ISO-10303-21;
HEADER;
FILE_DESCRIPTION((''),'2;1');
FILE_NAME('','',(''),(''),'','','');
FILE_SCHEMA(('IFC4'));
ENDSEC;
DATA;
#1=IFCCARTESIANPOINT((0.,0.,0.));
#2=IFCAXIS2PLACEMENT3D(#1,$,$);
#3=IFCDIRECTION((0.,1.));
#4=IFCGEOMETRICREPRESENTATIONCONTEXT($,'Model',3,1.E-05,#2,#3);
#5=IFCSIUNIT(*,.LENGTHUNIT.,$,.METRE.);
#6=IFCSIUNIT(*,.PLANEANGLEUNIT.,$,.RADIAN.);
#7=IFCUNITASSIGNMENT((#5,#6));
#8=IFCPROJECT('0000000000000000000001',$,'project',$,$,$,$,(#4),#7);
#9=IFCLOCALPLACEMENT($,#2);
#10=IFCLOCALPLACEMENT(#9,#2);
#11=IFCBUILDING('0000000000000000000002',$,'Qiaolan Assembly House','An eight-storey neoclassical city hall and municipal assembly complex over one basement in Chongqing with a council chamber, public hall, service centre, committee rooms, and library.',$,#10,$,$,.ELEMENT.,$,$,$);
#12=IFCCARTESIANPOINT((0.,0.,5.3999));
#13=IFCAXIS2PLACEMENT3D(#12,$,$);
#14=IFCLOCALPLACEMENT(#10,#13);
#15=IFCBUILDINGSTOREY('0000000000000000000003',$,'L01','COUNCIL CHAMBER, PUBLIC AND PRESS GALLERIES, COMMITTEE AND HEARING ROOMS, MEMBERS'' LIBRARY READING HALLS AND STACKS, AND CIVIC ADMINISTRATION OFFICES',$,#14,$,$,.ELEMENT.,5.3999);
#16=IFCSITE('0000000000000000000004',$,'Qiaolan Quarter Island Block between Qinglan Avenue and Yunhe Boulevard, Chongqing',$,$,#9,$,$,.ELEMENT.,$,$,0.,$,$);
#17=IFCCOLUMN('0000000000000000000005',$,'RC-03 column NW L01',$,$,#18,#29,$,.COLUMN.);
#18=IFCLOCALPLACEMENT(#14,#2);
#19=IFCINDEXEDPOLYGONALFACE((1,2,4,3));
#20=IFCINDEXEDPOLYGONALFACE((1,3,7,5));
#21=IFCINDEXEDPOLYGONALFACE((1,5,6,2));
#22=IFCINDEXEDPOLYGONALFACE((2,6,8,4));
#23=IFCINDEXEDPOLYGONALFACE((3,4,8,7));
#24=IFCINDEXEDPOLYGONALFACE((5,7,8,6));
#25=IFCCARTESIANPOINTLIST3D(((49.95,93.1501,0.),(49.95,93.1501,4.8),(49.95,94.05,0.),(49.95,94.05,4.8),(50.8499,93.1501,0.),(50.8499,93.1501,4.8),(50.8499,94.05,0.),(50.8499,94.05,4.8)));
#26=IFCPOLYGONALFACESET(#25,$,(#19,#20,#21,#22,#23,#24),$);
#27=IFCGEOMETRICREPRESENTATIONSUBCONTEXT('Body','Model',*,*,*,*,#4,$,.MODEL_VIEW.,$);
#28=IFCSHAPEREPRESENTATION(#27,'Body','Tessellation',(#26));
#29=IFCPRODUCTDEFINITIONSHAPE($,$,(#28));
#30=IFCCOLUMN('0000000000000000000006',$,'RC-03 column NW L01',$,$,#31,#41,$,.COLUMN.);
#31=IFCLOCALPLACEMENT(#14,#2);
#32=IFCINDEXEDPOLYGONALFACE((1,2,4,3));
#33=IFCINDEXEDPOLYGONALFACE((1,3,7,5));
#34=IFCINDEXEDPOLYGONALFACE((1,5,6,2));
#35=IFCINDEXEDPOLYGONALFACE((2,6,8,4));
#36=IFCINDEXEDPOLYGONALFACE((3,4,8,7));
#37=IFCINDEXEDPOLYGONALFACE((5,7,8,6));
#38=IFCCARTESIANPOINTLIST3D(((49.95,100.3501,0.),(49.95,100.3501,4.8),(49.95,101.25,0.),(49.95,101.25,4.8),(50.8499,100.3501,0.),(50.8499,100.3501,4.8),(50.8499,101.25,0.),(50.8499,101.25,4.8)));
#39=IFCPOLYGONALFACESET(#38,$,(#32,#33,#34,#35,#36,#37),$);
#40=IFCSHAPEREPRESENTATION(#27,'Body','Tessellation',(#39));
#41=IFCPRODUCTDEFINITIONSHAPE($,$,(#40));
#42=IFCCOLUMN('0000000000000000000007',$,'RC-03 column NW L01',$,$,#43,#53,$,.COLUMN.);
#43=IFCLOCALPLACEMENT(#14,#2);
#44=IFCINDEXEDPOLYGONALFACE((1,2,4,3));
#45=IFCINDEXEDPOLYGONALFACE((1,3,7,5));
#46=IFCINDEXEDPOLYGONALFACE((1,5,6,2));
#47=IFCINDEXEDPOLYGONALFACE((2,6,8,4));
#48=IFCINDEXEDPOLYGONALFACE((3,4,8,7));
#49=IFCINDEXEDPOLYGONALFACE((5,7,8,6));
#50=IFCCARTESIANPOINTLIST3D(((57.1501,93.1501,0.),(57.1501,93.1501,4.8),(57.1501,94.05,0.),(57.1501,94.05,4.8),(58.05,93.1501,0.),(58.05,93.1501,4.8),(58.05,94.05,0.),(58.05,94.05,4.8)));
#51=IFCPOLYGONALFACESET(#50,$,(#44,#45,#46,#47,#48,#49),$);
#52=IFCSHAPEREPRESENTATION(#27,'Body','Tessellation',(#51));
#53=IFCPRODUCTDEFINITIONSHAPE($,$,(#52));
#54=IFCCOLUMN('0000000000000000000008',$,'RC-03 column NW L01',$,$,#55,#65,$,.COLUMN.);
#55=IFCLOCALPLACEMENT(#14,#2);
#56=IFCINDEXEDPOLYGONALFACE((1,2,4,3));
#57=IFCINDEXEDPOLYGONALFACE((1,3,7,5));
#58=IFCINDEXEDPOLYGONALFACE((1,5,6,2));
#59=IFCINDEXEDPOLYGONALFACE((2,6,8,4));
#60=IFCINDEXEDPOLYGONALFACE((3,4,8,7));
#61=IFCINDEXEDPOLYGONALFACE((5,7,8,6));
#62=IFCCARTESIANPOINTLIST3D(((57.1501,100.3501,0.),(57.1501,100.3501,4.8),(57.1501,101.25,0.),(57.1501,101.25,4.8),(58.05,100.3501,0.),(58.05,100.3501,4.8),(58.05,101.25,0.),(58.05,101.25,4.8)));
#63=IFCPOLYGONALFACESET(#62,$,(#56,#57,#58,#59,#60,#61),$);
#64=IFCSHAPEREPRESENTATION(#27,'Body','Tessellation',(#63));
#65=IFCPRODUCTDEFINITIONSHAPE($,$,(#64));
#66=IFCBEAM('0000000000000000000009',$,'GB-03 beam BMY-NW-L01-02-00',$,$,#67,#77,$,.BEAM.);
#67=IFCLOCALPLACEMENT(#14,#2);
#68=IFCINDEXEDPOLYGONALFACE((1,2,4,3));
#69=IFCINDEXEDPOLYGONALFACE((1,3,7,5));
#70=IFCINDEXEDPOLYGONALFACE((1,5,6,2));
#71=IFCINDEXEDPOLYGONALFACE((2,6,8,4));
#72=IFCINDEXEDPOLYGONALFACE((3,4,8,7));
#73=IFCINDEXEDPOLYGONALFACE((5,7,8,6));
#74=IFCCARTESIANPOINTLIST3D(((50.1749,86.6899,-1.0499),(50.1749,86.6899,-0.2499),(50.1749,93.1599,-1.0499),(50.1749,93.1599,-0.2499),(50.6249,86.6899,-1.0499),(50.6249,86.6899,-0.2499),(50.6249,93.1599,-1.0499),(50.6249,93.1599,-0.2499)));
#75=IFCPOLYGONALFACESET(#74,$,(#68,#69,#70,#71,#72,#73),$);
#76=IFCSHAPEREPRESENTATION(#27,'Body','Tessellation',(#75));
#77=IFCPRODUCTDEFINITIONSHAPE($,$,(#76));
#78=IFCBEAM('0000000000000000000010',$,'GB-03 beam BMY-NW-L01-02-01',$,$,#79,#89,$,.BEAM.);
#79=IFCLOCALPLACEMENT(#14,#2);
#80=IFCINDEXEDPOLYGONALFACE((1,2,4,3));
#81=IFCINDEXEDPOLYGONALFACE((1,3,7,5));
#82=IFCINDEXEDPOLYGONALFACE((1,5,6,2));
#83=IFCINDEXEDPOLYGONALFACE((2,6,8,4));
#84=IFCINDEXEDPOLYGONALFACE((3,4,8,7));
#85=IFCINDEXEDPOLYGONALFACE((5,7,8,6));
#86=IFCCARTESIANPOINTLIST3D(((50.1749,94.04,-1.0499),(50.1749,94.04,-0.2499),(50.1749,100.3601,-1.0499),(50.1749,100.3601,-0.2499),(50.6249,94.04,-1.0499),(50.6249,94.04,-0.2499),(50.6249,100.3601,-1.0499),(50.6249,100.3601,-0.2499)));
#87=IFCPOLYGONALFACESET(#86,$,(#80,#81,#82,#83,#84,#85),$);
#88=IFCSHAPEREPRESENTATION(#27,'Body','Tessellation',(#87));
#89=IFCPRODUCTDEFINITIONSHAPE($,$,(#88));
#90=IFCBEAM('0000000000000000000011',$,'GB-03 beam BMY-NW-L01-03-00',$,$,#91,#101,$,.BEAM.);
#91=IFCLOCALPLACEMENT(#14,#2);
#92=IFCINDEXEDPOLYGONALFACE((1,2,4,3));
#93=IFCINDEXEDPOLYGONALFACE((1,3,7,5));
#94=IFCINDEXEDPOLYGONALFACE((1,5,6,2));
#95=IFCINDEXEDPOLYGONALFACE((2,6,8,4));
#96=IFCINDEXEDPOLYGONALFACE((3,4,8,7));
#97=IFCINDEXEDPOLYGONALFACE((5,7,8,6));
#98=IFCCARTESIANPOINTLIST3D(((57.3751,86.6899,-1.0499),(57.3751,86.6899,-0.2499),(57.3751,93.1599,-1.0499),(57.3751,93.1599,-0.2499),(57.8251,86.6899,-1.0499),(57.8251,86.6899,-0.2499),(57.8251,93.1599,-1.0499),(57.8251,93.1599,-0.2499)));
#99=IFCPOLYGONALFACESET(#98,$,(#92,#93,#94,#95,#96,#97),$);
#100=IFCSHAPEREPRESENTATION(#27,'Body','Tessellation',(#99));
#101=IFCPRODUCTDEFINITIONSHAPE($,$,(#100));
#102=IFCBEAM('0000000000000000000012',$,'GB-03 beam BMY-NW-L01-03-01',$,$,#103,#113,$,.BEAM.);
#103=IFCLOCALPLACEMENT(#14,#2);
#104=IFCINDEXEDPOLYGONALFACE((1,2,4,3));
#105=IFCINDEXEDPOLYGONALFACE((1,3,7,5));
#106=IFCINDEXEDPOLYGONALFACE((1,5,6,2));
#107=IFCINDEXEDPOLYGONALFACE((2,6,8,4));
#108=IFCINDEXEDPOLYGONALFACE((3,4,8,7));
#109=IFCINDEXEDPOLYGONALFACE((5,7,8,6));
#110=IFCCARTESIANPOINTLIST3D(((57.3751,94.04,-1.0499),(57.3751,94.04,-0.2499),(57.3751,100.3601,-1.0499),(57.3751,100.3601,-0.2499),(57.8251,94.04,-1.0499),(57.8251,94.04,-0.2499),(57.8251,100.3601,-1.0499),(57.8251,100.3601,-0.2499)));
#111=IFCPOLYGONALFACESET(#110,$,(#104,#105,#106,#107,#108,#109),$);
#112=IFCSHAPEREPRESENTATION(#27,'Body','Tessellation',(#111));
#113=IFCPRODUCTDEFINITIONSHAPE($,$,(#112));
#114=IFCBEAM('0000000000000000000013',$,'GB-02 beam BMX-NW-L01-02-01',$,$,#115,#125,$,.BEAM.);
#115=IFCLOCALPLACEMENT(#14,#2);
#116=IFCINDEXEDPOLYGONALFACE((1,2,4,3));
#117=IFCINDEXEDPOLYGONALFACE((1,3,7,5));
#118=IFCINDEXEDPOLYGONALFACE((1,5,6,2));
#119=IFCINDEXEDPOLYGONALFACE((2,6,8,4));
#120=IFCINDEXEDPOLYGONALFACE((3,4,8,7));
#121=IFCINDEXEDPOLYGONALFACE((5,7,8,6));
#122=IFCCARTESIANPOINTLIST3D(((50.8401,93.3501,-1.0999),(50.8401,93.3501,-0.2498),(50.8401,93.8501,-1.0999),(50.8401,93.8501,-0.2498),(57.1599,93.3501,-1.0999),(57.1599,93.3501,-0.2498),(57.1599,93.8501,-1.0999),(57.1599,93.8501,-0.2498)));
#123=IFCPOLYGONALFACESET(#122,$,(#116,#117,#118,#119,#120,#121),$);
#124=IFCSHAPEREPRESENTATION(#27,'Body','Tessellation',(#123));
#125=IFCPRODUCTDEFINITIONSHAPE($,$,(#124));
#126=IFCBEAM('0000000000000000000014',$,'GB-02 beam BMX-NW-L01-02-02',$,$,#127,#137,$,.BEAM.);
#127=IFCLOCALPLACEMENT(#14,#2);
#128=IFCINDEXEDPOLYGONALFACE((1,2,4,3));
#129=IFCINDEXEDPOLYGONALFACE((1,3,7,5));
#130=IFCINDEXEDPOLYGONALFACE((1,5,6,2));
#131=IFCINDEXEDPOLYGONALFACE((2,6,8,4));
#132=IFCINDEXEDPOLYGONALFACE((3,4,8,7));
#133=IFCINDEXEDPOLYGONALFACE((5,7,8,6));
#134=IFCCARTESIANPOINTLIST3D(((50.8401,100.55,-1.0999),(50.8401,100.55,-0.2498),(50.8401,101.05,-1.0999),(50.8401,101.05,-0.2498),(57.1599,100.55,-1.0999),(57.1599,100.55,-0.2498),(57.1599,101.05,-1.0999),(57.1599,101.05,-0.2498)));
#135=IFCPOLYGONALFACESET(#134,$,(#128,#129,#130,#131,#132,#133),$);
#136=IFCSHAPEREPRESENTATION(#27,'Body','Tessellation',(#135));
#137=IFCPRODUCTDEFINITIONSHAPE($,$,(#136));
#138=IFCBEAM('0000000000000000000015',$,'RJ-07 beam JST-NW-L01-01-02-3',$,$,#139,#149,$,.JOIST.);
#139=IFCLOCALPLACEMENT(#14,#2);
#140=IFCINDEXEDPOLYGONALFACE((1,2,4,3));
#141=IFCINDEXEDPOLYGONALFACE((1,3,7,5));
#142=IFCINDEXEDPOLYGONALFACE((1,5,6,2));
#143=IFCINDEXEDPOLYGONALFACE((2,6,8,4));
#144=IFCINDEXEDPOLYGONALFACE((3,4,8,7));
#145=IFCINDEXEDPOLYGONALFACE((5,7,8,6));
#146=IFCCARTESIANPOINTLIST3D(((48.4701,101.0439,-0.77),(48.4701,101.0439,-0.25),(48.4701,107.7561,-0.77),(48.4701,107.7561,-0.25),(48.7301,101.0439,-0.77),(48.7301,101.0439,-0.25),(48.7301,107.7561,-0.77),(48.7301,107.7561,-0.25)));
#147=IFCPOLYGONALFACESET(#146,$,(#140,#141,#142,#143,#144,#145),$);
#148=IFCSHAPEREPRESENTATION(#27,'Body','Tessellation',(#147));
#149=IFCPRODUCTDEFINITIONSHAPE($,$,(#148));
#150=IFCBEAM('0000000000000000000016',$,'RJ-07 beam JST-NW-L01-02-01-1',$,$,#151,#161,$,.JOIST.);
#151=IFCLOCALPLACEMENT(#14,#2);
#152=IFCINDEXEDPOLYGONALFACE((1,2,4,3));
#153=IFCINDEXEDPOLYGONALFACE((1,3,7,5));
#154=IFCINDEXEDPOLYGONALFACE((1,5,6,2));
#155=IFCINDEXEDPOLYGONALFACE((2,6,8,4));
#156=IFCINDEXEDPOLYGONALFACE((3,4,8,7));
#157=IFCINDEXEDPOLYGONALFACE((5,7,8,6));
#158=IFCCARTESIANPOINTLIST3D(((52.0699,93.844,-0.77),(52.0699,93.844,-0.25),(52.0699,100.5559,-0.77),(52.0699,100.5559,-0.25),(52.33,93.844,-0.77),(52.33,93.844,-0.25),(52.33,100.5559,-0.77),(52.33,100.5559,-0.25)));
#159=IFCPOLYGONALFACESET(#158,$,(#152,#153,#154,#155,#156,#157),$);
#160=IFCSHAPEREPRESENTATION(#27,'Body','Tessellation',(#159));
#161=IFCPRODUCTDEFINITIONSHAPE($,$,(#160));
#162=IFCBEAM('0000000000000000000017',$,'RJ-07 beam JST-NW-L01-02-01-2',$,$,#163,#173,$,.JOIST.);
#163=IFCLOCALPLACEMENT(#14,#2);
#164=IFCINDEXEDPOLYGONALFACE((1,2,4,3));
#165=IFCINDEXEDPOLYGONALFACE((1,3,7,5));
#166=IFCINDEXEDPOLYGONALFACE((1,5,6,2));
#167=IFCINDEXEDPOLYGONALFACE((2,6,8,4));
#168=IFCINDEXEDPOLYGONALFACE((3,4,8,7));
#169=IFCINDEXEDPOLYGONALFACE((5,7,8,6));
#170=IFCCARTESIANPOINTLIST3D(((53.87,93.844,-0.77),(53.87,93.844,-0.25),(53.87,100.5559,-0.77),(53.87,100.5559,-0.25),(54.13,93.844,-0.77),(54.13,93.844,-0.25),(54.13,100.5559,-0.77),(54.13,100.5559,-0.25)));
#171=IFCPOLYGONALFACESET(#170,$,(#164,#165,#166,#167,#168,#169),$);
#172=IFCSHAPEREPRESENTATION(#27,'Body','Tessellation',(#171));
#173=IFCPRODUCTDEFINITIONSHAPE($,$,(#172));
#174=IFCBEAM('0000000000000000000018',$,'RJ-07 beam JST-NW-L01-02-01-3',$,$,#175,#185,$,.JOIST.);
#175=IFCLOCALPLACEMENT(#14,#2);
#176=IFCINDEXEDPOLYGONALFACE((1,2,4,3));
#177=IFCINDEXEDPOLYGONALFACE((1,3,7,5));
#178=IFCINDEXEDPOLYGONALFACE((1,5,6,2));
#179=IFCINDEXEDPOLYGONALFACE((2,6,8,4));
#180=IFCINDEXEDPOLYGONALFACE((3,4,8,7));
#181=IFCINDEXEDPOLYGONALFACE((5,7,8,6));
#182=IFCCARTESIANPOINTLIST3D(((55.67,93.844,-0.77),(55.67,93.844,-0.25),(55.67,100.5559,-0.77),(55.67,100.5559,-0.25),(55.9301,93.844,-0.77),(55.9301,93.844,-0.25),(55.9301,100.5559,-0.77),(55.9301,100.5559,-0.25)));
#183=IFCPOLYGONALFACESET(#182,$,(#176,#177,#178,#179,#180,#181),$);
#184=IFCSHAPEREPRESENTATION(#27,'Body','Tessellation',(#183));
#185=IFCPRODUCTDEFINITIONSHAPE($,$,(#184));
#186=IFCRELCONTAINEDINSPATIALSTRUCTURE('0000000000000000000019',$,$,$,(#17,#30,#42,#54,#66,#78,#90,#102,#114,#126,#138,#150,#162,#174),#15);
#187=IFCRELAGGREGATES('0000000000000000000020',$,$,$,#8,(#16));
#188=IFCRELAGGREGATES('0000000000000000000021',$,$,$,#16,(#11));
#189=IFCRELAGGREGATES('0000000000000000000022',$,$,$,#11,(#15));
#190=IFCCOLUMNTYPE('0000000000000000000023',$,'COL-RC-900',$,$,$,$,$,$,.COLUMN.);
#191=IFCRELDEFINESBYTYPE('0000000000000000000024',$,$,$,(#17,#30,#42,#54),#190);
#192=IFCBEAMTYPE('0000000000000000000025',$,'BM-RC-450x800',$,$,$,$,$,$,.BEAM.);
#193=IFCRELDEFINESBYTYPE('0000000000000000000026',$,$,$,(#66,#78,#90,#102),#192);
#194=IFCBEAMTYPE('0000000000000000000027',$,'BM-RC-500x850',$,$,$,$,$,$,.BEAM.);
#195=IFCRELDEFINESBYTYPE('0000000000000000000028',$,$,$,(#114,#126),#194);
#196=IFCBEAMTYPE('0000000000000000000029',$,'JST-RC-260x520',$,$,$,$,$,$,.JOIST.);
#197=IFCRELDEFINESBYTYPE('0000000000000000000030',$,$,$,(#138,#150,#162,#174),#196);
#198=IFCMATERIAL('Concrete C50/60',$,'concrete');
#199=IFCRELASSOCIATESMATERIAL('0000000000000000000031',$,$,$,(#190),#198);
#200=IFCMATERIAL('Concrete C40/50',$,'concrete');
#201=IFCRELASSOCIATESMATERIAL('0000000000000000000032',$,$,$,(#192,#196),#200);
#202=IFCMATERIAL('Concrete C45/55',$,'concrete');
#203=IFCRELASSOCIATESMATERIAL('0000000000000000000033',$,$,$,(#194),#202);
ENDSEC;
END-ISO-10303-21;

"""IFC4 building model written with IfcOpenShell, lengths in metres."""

from ifc_helpers import new_model, si_unit, direction, frame, origin, origin_2d, place, context, subcontext, project, spatial, rectangle, extrude, material, material_profile, profile_set, type_object, element, save


model = new_model("IFC4")

# Units and contexts
model_context = context("Model", 3, precision=1e-05, world=origin(), true_north=direction((0.0, 1.0)))
body_context = subcontext(model_context, "Body", "Model", "MODEL_VIEW")
ifc_project = project(units=[si_unit("LENGTHUNIT", "METRE"), si_unit("PLANEANGLEUNIT", "RADIAN")], contexts=[model_context])

# Site, building, storey
site_placement = place(None, origin())
site = spatial("IfcSite", under=ifc_project, at=site_placement, Name="Qiaolan Quarter Island Block between Qinglan Avenue and Yunhe Boulevard, Chongqing", CompositionType="ELEMENT", RefElevation=0.0)
building_placement = place(site_placement, origin())
building = spatial("IfcBuilding", under=site, at=building_placement, Name="Qiaolan Assembly House", Description="An eight-storey neoclassical city hall and municipal assembly complex over one basement in Chongqing with a council chamber, public hall, service centre, committee rooms, and library.", CompositionType="ELEMENT")
storey_placement = place(building_placement, frame((0.0, 0.0, 5.3999)))
storey = spatial("IfcBuildingStorey", under=building, at=storey_placement, Name="L01", Description="COUNCIL CHAMBER, PUBLIC AND PRESS GALLERIES, COMMITTEE AND HEARING ROOMS, MEMBERS' LIBRARY READING HALLS AND STACKS, AND CIVIC ADMINISTRATION OFFICES", CompositionType="ELEMENT", Elevation=5.3999)

# Columns
ifc_material_1 = material(Name="Concrete C50/60", Category="concrete")
ifc_material_profile_1 = material_profile(ifc_material_1, rectangle(XDim=0.8999, YDim=0.8999, at=origin_2d()), Name="RC 900x900")
ifc_profile_set_1 = profile_set([ifc_material_profile_1], Name="Concrete C50/60")
column_type = type_object("IfcColumnType", Name="COL-RC-900", PredefinedType="COLUMN", material=ifc_profile_set_1)
for number, where, z_axis, x_axis, name in (
    (1, (50.3999, 93.6001, 0.0), (0.0, 0.0, 1.0), (1.0, 0.0, 0.0), "RC-03 column NW L01"),
    (2, (50.3999, 100.8, 0.0), (0.0, 0.0, 1.0), (1.0, 0.0, 0.0), "RC-03 column NW L01"),
    (3, (57.6001, 93.6001, 0.0), (0.0, 0.0, 1.0), (1.0, 0.0, 0.0), "RC-03 column NW L01"),
    (4, (57.6001, 100.8, 0.0), (0.0, 0.0, 1.0), (1.0, 0.0, 0.0), "RC-03 column NW L01"),
):
    element("IfcColumn", number, at=place(storey_placement, frame(where, z_axis=z_axis, x_axis=x_axis)), inside=storey, type_object=column_type, Name=name, PredefinedType="COLUMN", context=body_context, shape_type="SweptSolid", body=[
        extrude(rectangle(XDim=0.8999, YDim=0.8999, at=origin_2d()), origin(), (0.0, 0.0, 1.0), 4.8),
    ])

# Beams
ifc_material_2 = material(Name="Concrete C40/50", Category="concrete")
ifc_material_profile_2 = material_profile(ifc_material_2, rectangle(XDim=0.45, YDim=0.8, at=origin_2d()), Name="RCB 450x800")
ifc_profile_set_2 = profile_set([ifc_material_profile_2], Name="Concrete C40/50")
beam_type_1 = type_object("IfcBeamType", Name="BM-RC-450x800", PredefinedType="BEAM", material=ifc_profile_set_2)
beam_1_placement = place(storey_placement, frame((50.3999, 86.6899, -0.6499), z_axis=(0.0, 1.0, 0.0), x_axis=(-1.0, 0.0, 0.0)))
element("IfcBeam", 5, at=beam_1_placement, inside=storey, type_object=beam_type_1, Name="GB-03 beam BMY-NW-L01-02-00", PredefinedType="BEAM", context=body_context, shape_type="SweptSolid", body=[
    extrude(rectangle(XDim=0.45, YDim=0.8, at=origin_2d()), origin(), (0.0, 0.0, 1.0), 6.47),
])
beam_2_placement = place(storey_placement, frame((50.3999, 94.04, -0.6499), z_axis=(0.0, 1.0, 0.0), x_axis=(-1.0, 0.0, 0.0)))
element("IfcBeam", 6, at=beam_2_placement, inside=storey, type_object=beam_type_1, Name="GB-03 beam BMY-NW-L01-02-01", PredefinedType="BEAM", context=body_context, shape_type="SweptSolid", body=[
    extrude(rectangle(XDim=0.45, YDim=0.8, at=origin_2d()), origin(), (0.0, 0.0, 1.0), 6.3201),
])
beam_3_placement = place(storey_placement, frame((57.6001, 86.6899, -0.6499), z_axis=(0.0, 1.0, 0.0), x_axis=(-1.0, 0.0, 0.0)))
element("IfcBeam", 7, at=beam_3_placement, inside=storey, type_object=beam_type_1, Name="GB-03 beam BMY-NW-L01-03-00", PredefinedType="BEAM", context=body_context, shape_type="SweptSolid", body=[
    extrude(rectangle(XDim=0.45, YDim=0.8, at=origin_2d()), origin(), (0.0, 0.0, 1.0), 6.47),
])
beam_4_placement = place(storey_placement, frame((57.6001, 94.04, -0.6499), z_axis=(0.0, 1.0, 0.0), x_axis=(-1.0, 0.0, 0.0)))
element("IfcBeam", 8, at=beam_4_placement, inside=storey, type_object=beam_type_1, Name="GB-03 beam BMY-NW-L01-03-01", PredefinedType="BEAM", context=body_context, shape_type="SweptSolid", body=[
    extrude(rectangle(XDim=0.45, YDim=0.8, at=origin_2d()), origin(), (0.0, 0.0, 1.0), 6.3201),
])
ifc_material_3 = material(Name="Concrete C45/55", Category="concrete")
ifc_material_profile_3 = material_profile(ifc_material_3, rectangle(XDim=0.5, YDim=0.8501, at=origin_2d()), Name="RCB 500x850")
ifc_profile_set_3 = profile_set([ifc_material_profile_3], Name="Concrete C45/55")
beam_type_2 = type_object("IfcBeamType", Name="BM-RC-500x850", PredefinedType="BEAM", material=ifc_profile_set_3)
for number, where, z_axis, x_axis, name in (
    (9, (50.8401, 93.6001, -0.6748), (1.0, 0.0, 0.0), (0.0, 1.0, 0.0), "GB-02 beam BMX-NW-L01-02-01"),
    (10, (50.8401, 100.8, -0.6748), (1.0, 0.0, 0.0), (0.0, 1.0, 0.0), "GB-02 beam BMX-NW-L01-02-02"),
):
    element("IfcBeam", number, at=place(storey_placement, frame(where, z_axis=z_axis, x_axis=x_axis)), inside=storey, type_object=beam_type_2, Name=name, PredefinedType="BEAM", context=body_context, shape_type="SweptSolid", body=[
        extrude(rectangle(XDim=0.5, YDim=0.8501, at=origin_2d()), origin(), (0.0, 0.0, 1.0), 6.3198),
    ])
ifc_material_profile_4 = material_profile(ifc_material_2, rectangle(XDim=0.26, YDim=0.52, at=origin_2d()), Name="RCB 260x520")
ifc_profile_set_4 = profile_set([ifc_material_profile_4], Name="Concrete C40/50")
beam_type_3 = type_object("IfcBeamType", Name="JST-RC-260x520", PredefinedType="JOIST", material=ifc_profile_set_4)
beam_5_placement = place(storey_placement, frame((48.6001, 101.0439, -0.51), z_axis=(0.0, 1.0, 0.0), x_axis=(-1.0, 0.0, 0.0)))
element("IfcBeam", 11, at=beam_5_placement, inside=storey, type_object=beam_type_3, Name="RJ-07 beam JST-NW-L01-01-02-3", PredefinedType="JOIST", context=body_context, shape_type="SweptSolid", body=[
    extrude(rectangle(XDim=0.26, YDim=0.52, at=origin_2d()), origin(), (0.0, 0.0, 1.0), 6.7122),
])
for number, where, z_axis, x_axis, name in (
    (12, (52.2, 93.844, -0.51), (0.0, 1.0, 0.0), (-1.0, 0.0, 0.0), "RJ-07 beam JST-NW-L01-02-01-1"),
    (13, (54.0, 93.844, -0.51), (0.0, 1.0, 0.0), (-1.0, 0.0, 0.0), "RJ-07 beam JST-NW-L01-02-01-2"),
    (14, (55.8, 93.844, -0.51), (0.0, 1.0, 0.0), (-1.0, 0.0, 0.0), "RJ-07 beam JST-NW-L01-02-01-3"),
):
    element("IfcBeam", number, at=place(storey_placement, frame(where, z_axis=z_axis, x_axis=x_axis)), inside=storey, type_object=beam_type_3, Name=name, PredefinedType="JOIST", context=body_context, shape_type="SweptSolid", body=[
        extrude(rectangle(XDim=0.26, YDim=0.52, at=origin_2d()), origin(), (0.0, 0.0, 1.0), 6.7119),
    ])

save(model, "model.ifc")
